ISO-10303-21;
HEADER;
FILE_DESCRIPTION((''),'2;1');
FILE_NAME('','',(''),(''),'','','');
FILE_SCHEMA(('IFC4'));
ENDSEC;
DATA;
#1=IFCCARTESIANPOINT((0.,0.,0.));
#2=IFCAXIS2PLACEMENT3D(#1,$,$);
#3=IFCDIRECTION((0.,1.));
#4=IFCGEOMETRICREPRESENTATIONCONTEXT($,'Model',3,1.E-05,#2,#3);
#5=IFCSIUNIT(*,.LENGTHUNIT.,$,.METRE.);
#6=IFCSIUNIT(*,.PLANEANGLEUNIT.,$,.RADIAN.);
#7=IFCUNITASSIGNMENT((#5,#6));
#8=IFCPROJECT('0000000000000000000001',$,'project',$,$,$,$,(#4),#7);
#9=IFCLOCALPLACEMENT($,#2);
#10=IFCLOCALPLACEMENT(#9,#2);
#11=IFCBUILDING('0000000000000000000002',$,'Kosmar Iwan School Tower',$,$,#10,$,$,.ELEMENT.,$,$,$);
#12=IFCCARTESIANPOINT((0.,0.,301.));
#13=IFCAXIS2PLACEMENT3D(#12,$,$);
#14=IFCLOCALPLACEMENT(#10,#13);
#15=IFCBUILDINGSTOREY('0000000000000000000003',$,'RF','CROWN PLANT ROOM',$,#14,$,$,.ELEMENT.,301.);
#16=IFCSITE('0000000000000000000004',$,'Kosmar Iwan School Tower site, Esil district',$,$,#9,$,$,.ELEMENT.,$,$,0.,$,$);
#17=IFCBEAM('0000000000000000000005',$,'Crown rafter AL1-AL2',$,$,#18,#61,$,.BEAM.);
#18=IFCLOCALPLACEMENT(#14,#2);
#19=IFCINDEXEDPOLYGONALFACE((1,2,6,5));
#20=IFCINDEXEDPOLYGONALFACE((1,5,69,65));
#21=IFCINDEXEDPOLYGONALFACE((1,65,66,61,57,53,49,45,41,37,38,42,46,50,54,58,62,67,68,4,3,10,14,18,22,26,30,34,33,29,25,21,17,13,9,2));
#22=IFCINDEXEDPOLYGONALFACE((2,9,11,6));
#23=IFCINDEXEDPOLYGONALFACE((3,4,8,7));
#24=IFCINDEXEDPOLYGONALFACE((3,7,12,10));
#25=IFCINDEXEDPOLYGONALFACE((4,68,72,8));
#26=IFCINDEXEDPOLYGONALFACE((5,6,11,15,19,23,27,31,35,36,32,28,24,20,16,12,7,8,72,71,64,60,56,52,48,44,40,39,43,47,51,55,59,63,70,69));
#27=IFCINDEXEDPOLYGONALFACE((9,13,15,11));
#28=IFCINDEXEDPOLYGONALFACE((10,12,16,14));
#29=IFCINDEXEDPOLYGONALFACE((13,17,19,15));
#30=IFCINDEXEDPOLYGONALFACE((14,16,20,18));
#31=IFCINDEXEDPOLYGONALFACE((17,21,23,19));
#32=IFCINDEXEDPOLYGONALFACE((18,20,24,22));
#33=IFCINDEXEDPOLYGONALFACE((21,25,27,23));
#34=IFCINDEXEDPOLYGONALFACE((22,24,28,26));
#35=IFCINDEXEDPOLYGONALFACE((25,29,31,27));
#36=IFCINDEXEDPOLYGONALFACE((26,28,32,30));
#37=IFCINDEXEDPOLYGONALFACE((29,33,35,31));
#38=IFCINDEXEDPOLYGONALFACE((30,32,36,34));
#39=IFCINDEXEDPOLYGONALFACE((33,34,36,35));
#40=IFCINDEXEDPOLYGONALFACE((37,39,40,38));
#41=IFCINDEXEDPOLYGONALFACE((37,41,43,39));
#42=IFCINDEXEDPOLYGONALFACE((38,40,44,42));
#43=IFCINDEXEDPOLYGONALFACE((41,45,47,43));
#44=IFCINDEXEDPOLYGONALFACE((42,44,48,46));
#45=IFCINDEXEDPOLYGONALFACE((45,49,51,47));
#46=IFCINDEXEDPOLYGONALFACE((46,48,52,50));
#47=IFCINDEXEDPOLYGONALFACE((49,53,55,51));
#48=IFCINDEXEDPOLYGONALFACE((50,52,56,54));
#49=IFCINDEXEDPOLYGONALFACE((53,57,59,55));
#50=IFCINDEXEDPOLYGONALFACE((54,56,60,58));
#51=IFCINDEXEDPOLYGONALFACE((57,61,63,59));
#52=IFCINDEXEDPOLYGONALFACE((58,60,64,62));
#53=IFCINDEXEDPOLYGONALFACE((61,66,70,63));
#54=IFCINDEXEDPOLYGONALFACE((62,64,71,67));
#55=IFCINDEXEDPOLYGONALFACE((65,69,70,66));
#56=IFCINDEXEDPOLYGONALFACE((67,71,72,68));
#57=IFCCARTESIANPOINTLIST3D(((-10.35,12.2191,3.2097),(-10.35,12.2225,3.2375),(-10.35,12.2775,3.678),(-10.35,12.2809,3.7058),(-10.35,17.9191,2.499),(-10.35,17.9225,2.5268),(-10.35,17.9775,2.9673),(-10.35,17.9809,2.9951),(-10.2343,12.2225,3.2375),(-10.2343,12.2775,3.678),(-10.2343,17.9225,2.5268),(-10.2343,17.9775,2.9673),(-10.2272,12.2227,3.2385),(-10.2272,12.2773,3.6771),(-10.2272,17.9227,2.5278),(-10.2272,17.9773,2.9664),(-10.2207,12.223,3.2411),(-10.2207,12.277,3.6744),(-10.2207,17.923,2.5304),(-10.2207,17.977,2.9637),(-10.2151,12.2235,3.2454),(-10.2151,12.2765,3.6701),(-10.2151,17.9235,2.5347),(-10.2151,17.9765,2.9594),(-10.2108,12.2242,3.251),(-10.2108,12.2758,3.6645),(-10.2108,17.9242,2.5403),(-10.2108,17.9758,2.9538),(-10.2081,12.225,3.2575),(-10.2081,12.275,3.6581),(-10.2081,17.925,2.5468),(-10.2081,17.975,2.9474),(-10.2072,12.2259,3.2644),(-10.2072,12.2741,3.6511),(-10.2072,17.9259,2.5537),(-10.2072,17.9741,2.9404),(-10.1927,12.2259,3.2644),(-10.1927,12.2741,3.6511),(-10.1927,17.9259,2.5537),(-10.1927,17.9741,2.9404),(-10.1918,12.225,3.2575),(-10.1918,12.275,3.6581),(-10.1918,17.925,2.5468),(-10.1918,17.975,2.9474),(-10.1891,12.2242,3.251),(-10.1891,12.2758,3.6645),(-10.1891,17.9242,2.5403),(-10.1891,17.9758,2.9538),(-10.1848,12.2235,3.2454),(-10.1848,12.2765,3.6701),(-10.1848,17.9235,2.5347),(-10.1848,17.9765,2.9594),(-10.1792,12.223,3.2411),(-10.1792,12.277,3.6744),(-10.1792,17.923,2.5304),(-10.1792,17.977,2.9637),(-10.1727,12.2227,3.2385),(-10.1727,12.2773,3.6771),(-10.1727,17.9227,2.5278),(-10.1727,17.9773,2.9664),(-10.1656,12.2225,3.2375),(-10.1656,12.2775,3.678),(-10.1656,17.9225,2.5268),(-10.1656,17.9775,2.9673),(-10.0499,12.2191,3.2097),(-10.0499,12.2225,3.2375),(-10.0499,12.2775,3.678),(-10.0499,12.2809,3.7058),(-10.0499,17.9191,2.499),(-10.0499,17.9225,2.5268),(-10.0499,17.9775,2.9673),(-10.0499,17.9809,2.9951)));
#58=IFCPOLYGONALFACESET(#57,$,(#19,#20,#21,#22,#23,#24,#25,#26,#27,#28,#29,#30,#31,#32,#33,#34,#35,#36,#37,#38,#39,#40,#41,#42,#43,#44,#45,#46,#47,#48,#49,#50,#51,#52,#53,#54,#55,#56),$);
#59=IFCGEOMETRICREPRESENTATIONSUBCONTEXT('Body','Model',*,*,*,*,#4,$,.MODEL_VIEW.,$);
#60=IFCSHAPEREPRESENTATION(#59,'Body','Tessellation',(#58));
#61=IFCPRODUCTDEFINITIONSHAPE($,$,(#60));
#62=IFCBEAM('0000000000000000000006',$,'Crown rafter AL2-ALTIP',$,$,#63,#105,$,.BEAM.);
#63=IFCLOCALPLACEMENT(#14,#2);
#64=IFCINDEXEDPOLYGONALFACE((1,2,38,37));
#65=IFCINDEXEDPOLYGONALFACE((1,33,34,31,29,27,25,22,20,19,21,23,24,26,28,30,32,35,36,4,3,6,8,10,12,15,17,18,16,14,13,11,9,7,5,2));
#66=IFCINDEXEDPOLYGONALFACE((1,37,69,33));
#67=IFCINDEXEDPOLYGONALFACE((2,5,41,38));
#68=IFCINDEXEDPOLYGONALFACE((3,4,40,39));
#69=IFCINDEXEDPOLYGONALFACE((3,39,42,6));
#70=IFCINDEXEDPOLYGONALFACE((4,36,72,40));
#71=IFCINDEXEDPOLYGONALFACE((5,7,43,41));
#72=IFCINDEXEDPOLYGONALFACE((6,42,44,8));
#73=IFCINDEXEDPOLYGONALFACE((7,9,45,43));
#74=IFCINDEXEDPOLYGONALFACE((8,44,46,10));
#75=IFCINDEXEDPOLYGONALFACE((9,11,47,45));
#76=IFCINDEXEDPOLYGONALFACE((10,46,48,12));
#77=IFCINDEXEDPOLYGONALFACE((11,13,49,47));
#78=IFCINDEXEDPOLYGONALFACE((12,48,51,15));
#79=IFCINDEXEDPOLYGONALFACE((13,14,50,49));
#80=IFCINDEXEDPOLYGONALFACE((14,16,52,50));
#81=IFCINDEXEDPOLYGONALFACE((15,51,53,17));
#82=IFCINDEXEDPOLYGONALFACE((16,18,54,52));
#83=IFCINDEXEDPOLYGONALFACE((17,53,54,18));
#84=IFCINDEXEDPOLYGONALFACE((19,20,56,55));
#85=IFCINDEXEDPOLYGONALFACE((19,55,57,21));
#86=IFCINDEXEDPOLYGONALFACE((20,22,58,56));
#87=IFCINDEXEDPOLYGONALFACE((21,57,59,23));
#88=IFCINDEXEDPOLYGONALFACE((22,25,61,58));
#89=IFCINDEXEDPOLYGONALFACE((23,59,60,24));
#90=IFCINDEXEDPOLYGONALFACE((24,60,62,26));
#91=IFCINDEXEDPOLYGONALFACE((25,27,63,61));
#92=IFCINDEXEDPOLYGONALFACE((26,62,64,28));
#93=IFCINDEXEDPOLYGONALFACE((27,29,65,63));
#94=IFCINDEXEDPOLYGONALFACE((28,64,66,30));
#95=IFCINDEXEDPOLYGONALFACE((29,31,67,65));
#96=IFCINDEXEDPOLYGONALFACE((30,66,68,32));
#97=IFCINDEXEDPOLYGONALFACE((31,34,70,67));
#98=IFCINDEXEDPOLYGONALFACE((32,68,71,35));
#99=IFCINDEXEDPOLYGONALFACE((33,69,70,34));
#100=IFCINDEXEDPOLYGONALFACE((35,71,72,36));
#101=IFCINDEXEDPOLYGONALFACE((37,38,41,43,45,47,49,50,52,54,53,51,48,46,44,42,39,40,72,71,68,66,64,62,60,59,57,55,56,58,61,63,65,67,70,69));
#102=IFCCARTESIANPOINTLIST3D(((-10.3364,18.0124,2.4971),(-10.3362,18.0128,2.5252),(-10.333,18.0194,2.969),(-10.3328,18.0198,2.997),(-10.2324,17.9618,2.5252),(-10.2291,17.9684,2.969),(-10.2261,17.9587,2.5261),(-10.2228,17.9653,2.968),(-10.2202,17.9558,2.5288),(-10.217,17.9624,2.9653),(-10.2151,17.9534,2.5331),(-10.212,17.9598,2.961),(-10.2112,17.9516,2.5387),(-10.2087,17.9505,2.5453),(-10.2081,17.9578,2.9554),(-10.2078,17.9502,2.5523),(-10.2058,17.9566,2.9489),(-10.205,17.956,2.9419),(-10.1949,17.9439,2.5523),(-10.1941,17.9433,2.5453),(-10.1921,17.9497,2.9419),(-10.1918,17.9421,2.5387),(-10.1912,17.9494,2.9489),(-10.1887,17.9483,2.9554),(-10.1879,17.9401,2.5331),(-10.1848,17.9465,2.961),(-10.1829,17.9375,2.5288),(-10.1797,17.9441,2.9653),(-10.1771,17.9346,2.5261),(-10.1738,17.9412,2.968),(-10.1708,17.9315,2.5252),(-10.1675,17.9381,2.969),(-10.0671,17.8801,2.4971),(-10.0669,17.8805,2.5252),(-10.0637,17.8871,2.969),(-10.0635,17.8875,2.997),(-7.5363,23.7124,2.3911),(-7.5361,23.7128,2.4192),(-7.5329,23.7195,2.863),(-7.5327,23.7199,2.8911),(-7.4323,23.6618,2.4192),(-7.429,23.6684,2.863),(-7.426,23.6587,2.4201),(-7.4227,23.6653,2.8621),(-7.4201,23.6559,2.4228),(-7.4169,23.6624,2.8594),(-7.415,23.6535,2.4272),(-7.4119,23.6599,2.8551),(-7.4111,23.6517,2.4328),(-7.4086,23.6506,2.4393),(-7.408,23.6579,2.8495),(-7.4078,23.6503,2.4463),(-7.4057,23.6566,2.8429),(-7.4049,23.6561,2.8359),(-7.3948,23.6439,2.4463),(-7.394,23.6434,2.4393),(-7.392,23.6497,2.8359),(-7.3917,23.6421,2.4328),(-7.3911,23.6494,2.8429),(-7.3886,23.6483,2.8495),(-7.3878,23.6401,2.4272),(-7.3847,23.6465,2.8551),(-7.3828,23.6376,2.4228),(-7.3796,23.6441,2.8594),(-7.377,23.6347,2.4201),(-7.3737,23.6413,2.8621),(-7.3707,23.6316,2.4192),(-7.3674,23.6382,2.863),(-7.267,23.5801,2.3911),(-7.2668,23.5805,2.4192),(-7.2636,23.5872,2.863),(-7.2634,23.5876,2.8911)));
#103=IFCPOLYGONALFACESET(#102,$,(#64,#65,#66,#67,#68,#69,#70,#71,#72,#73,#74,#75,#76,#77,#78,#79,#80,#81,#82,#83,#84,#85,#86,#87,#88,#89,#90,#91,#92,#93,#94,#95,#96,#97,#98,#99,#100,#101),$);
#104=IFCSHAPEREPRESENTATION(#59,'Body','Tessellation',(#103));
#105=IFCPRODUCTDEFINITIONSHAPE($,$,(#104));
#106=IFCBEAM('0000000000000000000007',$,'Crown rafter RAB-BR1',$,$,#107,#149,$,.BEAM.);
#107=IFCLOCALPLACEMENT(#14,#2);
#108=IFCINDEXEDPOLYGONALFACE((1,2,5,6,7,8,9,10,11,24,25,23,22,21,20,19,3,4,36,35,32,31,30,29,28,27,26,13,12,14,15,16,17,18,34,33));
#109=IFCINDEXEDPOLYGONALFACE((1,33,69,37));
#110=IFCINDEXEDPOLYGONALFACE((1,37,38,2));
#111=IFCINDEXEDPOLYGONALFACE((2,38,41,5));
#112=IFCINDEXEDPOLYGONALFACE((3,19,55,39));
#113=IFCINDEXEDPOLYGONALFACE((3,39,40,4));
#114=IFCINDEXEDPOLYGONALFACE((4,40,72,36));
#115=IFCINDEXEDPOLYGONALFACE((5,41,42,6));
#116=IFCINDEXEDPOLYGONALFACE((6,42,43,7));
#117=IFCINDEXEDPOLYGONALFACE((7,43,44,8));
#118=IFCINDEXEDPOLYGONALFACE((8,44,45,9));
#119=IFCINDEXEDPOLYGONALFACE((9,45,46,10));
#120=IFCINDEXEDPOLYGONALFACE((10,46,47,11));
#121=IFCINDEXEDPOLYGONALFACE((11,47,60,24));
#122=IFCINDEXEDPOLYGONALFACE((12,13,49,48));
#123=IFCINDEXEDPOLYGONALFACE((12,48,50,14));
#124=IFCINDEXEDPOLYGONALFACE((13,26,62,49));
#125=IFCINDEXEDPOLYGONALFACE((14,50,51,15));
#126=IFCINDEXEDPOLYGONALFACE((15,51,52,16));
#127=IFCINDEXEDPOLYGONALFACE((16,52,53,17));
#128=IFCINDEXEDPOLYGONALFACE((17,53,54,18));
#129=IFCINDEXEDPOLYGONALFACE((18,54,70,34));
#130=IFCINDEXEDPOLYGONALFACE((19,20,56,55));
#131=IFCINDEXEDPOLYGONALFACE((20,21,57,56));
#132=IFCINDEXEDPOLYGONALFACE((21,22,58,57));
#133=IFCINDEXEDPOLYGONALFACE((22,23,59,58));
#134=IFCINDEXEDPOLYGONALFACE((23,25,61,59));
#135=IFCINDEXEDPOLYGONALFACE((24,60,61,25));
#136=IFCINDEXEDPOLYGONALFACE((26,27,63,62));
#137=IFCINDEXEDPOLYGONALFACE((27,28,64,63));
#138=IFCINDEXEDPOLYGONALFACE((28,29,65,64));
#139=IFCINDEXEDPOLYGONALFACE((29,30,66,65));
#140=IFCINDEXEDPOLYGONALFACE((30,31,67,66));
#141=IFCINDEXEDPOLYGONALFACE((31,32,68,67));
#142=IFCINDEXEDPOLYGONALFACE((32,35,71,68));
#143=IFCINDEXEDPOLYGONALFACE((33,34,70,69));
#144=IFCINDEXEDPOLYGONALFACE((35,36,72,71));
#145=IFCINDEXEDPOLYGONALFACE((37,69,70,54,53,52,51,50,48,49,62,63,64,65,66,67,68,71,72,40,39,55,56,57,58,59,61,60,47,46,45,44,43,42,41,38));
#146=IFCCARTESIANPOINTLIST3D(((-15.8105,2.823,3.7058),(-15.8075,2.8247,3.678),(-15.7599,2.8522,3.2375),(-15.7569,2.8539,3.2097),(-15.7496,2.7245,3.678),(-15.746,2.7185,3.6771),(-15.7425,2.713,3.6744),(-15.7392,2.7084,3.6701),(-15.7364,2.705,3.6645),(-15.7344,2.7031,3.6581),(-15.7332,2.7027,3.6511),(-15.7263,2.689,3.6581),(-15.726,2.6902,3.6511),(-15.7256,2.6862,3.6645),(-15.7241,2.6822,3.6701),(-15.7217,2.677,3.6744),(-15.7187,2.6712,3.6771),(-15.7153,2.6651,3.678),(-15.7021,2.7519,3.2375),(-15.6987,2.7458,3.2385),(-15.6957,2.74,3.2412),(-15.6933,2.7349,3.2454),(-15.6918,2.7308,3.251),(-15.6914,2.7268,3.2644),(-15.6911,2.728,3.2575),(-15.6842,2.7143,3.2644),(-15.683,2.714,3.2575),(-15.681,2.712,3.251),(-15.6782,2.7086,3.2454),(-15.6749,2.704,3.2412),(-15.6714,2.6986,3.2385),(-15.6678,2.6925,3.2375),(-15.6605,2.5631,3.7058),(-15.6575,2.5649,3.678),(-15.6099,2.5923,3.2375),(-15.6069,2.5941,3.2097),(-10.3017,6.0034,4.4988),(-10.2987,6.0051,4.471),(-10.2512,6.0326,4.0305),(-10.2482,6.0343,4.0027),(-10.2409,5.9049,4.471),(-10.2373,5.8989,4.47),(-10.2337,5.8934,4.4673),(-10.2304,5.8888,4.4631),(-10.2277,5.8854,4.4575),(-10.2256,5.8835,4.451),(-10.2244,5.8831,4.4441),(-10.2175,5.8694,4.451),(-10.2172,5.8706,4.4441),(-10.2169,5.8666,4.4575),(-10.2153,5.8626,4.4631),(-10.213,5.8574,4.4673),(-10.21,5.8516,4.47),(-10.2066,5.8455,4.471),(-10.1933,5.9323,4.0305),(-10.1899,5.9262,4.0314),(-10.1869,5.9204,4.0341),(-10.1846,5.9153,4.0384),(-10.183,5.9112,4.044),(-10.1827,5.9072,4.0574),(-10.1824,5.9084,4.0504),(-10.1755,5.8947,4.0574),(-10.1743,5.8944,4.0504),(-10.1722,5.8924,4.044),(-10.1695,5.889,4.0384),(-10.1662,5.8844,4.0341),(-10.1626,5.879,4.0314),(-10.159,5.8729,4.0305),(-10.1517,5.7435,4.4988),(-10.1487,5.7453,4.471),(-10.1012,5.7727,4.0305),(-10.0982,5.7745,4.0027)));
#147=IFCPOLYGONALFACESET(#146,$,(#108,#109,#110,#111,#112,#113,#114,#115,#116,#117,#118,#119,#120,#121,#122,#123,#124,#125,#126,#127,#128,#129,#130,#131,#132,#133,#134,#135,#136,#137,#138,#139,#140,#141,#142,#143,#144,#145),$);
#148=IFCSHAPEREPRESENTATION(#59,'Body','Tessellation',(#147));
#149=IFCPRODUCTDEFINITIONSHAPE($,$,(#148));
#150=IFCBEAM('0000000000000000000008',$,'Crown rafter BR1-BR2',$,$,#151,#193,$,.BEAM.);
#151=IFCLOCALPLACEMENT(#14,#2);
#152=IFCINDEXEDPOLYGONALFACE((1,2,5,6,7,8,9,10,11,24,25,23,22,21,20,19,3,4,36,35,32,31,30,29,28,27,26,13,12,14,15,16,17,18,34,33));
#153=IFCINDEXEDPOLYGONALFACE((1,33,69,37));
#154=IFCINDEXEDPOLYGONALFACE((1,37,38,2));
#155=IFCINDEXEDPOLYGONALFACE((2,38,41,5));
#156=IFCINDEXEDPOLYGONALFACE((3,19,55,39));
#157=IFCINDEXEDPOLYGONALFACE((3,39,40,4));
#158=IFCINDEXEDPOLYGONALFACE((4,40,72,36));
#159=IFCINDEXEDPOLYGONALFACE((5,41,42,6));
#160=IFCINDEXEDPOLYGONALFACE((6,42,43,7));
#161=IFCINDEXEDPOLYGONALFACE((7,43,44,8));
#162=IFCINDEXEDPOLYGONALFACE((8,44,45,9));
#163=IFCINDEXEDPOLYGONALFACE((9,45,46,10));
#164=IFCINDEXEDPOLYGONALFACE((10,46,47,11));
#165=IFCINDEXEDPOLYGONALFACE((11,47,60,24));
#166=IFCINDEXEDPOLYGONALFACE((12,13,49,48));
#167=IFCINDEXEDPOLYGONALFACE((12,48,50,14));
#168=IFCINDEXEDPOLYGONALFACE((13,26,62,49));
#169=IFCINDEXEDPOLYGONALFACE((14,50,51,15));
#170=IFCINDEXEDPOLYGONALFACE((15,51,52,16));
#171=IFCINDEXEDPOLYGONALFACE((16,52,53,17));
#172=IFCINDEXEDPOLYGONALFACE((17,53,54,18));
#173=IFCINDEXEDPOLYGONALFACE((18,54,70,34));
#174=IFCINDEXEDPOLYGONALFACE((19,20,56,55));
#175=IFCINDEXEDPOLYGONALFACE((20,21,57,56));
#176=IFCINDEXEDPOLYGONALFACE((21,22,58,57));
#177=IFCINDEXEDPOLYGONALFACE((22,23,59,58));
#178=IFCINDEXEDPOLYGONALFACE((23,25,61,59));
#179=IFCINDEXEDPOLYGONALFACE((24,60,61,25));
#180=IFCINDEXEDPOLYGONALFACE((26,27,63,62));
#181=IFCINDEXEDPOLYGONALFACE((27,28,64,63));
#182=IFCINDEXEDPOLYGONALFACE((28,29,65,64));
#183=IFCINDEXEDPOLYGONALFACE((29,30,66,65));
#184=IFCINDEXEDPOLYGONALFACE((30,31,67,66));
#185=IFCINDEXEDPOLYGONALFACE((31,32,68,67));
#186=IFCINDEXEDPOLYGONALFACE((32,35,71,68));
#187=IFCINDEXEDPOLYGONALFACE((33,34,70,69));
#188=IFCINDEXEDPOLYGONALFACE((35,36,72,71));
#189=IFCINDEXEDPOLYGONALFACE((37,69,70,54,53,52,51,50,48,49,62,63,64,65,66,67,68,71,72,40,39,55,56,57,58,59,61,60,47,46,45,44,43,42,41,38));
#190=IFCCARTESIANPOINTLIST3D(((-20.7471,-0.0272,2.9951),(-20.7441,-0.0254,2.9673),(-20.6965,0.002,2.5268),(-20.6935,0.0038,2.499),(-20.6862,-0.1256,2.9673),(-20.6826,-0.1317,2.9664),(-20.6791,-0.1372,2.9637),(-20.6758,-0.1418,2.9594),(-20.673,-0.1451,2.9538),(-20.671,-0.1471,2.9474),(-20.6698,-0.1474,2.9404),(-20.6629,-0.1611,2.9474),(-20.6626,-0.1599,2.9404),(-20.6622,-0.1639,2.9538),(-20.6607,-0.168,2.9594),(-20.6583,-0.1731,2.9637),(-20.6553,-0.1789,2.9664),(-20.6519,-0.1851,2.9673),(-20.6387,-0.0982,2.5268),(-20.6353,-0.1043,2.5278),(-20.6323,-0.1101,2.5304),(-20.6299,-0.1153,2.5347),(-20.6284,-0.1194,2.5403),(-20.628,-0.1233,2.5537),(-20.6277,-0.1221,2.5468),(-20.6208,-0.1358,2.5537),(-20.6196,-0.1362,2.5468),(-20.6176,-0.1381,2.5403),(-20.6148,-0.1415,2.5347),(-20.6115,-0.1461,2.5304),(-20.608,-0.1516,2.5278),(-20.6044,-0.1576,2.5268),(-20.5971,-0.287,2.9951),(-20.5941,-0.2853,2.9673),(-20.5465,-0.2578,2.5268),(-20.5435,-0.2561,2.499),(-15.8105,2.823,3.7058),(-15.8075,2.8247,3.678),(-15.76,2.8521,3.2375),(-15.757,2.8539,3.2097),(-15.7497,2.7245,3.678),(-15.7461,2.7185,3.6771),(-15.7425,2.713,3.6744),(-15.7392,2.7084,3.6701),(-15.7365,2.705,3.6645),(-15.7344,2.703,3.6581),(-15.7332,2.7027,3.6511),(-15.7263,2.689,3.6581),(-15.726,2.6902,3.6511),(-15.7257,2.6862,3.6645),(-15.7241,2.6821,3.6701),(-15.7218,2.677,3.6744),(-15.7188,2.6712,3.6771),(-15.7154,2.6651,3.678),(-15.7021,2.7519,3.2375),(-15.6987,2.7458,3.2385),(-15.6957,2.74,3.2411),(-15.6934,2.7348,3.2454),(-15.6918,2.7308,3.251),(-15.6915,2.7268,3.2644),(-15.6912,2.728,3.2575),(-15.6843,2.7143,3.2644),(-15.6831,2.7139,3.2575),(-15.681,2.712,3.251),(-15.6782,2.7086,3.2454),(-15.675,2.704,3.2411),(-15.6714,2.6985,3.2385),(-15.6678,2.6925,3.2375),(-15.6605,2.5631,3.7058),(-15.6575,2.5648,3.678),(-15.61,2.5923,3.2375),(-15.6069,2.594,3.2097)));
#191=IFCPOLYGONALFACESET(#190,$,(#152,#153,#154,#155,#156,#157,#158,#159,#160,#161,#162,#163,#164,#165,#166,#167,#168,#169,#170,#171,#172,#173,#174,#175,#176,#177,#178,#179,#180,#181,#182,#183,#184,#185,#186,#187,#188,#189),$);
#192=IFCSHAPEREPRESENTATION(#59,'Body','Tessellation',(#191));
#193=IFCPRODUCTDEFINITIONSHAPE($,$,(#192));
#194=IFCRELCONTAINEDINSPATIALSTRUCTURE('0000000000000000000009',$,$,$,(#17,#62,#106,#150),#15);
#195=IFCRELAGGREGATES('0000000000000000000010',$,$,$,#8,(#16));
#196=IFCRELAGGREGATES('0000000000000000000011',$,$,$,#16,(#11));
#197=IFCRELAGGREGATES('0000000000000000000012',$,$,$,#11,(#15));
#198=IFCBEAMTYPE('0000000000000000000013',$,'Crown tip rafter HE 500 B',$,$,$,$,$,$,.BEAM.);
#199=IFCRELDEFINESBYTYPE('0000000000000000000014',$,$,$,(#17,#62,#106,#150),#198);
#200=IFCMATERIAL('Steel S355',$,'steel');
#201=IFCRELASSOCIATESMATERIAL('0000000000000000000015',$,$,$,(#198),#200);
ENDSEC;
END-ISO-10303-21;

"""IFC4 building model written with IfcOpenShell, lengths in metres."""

from ifc_helpers import new_model, si_unit, direction, frame, origin, origin_2d, place, context, subcontext, project, spatial, i_section, extrude, material, material_profile, profile_set, type_object, element, save


model = new_model("IFC4")

# Units and contexts
model_context = context("Model", 3, precision=1e-05, world=origin(), true_north=direction((0.0, 1.0)))
body_context = subcontext(model_context, "Body", "Model", "MODEL_VIEW")
ifc_project = project(units=[si_unit("LENGTHUNIT", "METRE"), si_unit("PLANEANGLEUNIT", "RADIAN")], contexts=[model_context])

# Site, building, storey
site_placement = place(None, origin())
site = spatial("IfcSite", under=ifc_project, at=site_placement, Name="Kosmar Iwan School Tower site, Esil district", CompositionType="ELEMENT", RefElevation=0.0)
building_placement = place(site_placement, origin())
building = spatial("IfcBuilding", under=site, at=building_placement, Name="Kosmar Iwan School Tower", CompositionType="ELEMENT")
storey_placement = place(building_placement, frame((0.0, 0.0, 301.0)))
storey = spatial("IfcBuildingStorey", under=building, at=storey_placement, Name="RF", Description="CROWN PLANT ROOM", CompositionType="ELEMENT", Elevation=301.0)

# Beams
ifc_material_1 = material(Name="Steel S355", Category="steel")
ifc_material_profile_1 = material_profile(ifc_material_1, i_section(OverallWidth=0.3, OverallDepth=0.5, WebThickness=0.0144, FlangeThickness=0.0281, FilletRadius=0.0271, at=origin_2d()), Name="HE 500 B")
ifc_profile_set_1 = profile_set([ifc_material_profile_1], Name="Steel S355")
beam_type_1 = type_object("IfcBeamType", Name="Crown tip rafter HE 500 B", PredefinedType="BEAM", material=ifc_profile_set_1)
beam_1_placement = place(storey_placement, frame((-10.2, 12.25, 3.4578), z_axis=(0.0, 0.992316, -0.123726), x_axis=(-1.0, 0.0, 0.0)))
element("IfcBeam", 1, at=beam_1_placement, inside=storey, type_object=beam_type_1, Name="Crown rafter AL1-AL2", PredefinedType="BEAM", context=body_context, shape_type="SweptSolid", body=[
    extrude(i_section(OverallWidth=0.3, OverallDepth=0.5, WebThickness=0.0144, FlangeThickness=0.0281, FilletRadius=0.0271, at=origin_2d()), origin(), (0.0, 0.0, 1.0), 5.7441),
])
beam_2_placement = place(storey_placement, frame((-10.2, 17.95, 2.7471), z_axis=(0.440852, 0.897425, -0.016682), x_axis=(-0.89755, 0.440913, 0.0)))
element("IfcBeam", 2, at=beam_2_placement, inside=storey, type_object=beam_type_1, Name="Crown rafter AL2-ALTIP", PredefinedType="BEAM", context=body_context, shape_type="SweptSolid", body=[
    extrude(i_section(OverallWidth=0.3, OverallDepth=0.5, WebThickness=0.0144, FlangeThickness=0.0281, FilletRadius=0.0271, at=origin_2d()), origin(), (0.0, 0.0, 1.0), 6.3516),
])
beam_3_placement = place(storey_placement, frame((-10.2, 5.8889, 4.2507), z_axis=(-0.859379, -0.49615, -0.123704), x_axis=(0.49999, -0.866031, 0.0)))
element("IfcBeam", 3, at=beam_3_placement, inside=storey, type_object=beam_type_1, Name="Crown rafter RAB-BR1", PredefinedType="BEAM", context=body_context, shape_type="SweptSolid", body=[
    extrude(i_section(OverallWidth=0.3, OverallDepth=0.5, WebThickness=0.0144, FlangeThickness=0.0281, FilletRadius=0.0271, at=origin_2d()), origin(), (0.0, 0.0, 1.0), 6.4102),
])
beam_4_placement = place(storey_placement, frame((-15.7087, 2.7085, 3.4578), z_axis=(-0.859372, -0.496158, -0.123721), x_axis=(0.499999, -0.866026, 0.0)))
element("IfcBeam", 4, at=beam_4_placement, inside=storey, type_object=beam_type_1, Name="Crown rafter BR1-BR2", PredefinedType="BEAM", context=body_context, shape_type="SweptSolid", body=[
    extrude(i_section(OverallWidth=0.3, OverallDepth=0.5, WebThickness=0.0144, FlangeThickness=0.0281, FilletRadius=0.0271, at=origin_2d()), origin(), (0.0, 0.0, 1.0), 5.7444),
])

save(model, "model.ifc")
